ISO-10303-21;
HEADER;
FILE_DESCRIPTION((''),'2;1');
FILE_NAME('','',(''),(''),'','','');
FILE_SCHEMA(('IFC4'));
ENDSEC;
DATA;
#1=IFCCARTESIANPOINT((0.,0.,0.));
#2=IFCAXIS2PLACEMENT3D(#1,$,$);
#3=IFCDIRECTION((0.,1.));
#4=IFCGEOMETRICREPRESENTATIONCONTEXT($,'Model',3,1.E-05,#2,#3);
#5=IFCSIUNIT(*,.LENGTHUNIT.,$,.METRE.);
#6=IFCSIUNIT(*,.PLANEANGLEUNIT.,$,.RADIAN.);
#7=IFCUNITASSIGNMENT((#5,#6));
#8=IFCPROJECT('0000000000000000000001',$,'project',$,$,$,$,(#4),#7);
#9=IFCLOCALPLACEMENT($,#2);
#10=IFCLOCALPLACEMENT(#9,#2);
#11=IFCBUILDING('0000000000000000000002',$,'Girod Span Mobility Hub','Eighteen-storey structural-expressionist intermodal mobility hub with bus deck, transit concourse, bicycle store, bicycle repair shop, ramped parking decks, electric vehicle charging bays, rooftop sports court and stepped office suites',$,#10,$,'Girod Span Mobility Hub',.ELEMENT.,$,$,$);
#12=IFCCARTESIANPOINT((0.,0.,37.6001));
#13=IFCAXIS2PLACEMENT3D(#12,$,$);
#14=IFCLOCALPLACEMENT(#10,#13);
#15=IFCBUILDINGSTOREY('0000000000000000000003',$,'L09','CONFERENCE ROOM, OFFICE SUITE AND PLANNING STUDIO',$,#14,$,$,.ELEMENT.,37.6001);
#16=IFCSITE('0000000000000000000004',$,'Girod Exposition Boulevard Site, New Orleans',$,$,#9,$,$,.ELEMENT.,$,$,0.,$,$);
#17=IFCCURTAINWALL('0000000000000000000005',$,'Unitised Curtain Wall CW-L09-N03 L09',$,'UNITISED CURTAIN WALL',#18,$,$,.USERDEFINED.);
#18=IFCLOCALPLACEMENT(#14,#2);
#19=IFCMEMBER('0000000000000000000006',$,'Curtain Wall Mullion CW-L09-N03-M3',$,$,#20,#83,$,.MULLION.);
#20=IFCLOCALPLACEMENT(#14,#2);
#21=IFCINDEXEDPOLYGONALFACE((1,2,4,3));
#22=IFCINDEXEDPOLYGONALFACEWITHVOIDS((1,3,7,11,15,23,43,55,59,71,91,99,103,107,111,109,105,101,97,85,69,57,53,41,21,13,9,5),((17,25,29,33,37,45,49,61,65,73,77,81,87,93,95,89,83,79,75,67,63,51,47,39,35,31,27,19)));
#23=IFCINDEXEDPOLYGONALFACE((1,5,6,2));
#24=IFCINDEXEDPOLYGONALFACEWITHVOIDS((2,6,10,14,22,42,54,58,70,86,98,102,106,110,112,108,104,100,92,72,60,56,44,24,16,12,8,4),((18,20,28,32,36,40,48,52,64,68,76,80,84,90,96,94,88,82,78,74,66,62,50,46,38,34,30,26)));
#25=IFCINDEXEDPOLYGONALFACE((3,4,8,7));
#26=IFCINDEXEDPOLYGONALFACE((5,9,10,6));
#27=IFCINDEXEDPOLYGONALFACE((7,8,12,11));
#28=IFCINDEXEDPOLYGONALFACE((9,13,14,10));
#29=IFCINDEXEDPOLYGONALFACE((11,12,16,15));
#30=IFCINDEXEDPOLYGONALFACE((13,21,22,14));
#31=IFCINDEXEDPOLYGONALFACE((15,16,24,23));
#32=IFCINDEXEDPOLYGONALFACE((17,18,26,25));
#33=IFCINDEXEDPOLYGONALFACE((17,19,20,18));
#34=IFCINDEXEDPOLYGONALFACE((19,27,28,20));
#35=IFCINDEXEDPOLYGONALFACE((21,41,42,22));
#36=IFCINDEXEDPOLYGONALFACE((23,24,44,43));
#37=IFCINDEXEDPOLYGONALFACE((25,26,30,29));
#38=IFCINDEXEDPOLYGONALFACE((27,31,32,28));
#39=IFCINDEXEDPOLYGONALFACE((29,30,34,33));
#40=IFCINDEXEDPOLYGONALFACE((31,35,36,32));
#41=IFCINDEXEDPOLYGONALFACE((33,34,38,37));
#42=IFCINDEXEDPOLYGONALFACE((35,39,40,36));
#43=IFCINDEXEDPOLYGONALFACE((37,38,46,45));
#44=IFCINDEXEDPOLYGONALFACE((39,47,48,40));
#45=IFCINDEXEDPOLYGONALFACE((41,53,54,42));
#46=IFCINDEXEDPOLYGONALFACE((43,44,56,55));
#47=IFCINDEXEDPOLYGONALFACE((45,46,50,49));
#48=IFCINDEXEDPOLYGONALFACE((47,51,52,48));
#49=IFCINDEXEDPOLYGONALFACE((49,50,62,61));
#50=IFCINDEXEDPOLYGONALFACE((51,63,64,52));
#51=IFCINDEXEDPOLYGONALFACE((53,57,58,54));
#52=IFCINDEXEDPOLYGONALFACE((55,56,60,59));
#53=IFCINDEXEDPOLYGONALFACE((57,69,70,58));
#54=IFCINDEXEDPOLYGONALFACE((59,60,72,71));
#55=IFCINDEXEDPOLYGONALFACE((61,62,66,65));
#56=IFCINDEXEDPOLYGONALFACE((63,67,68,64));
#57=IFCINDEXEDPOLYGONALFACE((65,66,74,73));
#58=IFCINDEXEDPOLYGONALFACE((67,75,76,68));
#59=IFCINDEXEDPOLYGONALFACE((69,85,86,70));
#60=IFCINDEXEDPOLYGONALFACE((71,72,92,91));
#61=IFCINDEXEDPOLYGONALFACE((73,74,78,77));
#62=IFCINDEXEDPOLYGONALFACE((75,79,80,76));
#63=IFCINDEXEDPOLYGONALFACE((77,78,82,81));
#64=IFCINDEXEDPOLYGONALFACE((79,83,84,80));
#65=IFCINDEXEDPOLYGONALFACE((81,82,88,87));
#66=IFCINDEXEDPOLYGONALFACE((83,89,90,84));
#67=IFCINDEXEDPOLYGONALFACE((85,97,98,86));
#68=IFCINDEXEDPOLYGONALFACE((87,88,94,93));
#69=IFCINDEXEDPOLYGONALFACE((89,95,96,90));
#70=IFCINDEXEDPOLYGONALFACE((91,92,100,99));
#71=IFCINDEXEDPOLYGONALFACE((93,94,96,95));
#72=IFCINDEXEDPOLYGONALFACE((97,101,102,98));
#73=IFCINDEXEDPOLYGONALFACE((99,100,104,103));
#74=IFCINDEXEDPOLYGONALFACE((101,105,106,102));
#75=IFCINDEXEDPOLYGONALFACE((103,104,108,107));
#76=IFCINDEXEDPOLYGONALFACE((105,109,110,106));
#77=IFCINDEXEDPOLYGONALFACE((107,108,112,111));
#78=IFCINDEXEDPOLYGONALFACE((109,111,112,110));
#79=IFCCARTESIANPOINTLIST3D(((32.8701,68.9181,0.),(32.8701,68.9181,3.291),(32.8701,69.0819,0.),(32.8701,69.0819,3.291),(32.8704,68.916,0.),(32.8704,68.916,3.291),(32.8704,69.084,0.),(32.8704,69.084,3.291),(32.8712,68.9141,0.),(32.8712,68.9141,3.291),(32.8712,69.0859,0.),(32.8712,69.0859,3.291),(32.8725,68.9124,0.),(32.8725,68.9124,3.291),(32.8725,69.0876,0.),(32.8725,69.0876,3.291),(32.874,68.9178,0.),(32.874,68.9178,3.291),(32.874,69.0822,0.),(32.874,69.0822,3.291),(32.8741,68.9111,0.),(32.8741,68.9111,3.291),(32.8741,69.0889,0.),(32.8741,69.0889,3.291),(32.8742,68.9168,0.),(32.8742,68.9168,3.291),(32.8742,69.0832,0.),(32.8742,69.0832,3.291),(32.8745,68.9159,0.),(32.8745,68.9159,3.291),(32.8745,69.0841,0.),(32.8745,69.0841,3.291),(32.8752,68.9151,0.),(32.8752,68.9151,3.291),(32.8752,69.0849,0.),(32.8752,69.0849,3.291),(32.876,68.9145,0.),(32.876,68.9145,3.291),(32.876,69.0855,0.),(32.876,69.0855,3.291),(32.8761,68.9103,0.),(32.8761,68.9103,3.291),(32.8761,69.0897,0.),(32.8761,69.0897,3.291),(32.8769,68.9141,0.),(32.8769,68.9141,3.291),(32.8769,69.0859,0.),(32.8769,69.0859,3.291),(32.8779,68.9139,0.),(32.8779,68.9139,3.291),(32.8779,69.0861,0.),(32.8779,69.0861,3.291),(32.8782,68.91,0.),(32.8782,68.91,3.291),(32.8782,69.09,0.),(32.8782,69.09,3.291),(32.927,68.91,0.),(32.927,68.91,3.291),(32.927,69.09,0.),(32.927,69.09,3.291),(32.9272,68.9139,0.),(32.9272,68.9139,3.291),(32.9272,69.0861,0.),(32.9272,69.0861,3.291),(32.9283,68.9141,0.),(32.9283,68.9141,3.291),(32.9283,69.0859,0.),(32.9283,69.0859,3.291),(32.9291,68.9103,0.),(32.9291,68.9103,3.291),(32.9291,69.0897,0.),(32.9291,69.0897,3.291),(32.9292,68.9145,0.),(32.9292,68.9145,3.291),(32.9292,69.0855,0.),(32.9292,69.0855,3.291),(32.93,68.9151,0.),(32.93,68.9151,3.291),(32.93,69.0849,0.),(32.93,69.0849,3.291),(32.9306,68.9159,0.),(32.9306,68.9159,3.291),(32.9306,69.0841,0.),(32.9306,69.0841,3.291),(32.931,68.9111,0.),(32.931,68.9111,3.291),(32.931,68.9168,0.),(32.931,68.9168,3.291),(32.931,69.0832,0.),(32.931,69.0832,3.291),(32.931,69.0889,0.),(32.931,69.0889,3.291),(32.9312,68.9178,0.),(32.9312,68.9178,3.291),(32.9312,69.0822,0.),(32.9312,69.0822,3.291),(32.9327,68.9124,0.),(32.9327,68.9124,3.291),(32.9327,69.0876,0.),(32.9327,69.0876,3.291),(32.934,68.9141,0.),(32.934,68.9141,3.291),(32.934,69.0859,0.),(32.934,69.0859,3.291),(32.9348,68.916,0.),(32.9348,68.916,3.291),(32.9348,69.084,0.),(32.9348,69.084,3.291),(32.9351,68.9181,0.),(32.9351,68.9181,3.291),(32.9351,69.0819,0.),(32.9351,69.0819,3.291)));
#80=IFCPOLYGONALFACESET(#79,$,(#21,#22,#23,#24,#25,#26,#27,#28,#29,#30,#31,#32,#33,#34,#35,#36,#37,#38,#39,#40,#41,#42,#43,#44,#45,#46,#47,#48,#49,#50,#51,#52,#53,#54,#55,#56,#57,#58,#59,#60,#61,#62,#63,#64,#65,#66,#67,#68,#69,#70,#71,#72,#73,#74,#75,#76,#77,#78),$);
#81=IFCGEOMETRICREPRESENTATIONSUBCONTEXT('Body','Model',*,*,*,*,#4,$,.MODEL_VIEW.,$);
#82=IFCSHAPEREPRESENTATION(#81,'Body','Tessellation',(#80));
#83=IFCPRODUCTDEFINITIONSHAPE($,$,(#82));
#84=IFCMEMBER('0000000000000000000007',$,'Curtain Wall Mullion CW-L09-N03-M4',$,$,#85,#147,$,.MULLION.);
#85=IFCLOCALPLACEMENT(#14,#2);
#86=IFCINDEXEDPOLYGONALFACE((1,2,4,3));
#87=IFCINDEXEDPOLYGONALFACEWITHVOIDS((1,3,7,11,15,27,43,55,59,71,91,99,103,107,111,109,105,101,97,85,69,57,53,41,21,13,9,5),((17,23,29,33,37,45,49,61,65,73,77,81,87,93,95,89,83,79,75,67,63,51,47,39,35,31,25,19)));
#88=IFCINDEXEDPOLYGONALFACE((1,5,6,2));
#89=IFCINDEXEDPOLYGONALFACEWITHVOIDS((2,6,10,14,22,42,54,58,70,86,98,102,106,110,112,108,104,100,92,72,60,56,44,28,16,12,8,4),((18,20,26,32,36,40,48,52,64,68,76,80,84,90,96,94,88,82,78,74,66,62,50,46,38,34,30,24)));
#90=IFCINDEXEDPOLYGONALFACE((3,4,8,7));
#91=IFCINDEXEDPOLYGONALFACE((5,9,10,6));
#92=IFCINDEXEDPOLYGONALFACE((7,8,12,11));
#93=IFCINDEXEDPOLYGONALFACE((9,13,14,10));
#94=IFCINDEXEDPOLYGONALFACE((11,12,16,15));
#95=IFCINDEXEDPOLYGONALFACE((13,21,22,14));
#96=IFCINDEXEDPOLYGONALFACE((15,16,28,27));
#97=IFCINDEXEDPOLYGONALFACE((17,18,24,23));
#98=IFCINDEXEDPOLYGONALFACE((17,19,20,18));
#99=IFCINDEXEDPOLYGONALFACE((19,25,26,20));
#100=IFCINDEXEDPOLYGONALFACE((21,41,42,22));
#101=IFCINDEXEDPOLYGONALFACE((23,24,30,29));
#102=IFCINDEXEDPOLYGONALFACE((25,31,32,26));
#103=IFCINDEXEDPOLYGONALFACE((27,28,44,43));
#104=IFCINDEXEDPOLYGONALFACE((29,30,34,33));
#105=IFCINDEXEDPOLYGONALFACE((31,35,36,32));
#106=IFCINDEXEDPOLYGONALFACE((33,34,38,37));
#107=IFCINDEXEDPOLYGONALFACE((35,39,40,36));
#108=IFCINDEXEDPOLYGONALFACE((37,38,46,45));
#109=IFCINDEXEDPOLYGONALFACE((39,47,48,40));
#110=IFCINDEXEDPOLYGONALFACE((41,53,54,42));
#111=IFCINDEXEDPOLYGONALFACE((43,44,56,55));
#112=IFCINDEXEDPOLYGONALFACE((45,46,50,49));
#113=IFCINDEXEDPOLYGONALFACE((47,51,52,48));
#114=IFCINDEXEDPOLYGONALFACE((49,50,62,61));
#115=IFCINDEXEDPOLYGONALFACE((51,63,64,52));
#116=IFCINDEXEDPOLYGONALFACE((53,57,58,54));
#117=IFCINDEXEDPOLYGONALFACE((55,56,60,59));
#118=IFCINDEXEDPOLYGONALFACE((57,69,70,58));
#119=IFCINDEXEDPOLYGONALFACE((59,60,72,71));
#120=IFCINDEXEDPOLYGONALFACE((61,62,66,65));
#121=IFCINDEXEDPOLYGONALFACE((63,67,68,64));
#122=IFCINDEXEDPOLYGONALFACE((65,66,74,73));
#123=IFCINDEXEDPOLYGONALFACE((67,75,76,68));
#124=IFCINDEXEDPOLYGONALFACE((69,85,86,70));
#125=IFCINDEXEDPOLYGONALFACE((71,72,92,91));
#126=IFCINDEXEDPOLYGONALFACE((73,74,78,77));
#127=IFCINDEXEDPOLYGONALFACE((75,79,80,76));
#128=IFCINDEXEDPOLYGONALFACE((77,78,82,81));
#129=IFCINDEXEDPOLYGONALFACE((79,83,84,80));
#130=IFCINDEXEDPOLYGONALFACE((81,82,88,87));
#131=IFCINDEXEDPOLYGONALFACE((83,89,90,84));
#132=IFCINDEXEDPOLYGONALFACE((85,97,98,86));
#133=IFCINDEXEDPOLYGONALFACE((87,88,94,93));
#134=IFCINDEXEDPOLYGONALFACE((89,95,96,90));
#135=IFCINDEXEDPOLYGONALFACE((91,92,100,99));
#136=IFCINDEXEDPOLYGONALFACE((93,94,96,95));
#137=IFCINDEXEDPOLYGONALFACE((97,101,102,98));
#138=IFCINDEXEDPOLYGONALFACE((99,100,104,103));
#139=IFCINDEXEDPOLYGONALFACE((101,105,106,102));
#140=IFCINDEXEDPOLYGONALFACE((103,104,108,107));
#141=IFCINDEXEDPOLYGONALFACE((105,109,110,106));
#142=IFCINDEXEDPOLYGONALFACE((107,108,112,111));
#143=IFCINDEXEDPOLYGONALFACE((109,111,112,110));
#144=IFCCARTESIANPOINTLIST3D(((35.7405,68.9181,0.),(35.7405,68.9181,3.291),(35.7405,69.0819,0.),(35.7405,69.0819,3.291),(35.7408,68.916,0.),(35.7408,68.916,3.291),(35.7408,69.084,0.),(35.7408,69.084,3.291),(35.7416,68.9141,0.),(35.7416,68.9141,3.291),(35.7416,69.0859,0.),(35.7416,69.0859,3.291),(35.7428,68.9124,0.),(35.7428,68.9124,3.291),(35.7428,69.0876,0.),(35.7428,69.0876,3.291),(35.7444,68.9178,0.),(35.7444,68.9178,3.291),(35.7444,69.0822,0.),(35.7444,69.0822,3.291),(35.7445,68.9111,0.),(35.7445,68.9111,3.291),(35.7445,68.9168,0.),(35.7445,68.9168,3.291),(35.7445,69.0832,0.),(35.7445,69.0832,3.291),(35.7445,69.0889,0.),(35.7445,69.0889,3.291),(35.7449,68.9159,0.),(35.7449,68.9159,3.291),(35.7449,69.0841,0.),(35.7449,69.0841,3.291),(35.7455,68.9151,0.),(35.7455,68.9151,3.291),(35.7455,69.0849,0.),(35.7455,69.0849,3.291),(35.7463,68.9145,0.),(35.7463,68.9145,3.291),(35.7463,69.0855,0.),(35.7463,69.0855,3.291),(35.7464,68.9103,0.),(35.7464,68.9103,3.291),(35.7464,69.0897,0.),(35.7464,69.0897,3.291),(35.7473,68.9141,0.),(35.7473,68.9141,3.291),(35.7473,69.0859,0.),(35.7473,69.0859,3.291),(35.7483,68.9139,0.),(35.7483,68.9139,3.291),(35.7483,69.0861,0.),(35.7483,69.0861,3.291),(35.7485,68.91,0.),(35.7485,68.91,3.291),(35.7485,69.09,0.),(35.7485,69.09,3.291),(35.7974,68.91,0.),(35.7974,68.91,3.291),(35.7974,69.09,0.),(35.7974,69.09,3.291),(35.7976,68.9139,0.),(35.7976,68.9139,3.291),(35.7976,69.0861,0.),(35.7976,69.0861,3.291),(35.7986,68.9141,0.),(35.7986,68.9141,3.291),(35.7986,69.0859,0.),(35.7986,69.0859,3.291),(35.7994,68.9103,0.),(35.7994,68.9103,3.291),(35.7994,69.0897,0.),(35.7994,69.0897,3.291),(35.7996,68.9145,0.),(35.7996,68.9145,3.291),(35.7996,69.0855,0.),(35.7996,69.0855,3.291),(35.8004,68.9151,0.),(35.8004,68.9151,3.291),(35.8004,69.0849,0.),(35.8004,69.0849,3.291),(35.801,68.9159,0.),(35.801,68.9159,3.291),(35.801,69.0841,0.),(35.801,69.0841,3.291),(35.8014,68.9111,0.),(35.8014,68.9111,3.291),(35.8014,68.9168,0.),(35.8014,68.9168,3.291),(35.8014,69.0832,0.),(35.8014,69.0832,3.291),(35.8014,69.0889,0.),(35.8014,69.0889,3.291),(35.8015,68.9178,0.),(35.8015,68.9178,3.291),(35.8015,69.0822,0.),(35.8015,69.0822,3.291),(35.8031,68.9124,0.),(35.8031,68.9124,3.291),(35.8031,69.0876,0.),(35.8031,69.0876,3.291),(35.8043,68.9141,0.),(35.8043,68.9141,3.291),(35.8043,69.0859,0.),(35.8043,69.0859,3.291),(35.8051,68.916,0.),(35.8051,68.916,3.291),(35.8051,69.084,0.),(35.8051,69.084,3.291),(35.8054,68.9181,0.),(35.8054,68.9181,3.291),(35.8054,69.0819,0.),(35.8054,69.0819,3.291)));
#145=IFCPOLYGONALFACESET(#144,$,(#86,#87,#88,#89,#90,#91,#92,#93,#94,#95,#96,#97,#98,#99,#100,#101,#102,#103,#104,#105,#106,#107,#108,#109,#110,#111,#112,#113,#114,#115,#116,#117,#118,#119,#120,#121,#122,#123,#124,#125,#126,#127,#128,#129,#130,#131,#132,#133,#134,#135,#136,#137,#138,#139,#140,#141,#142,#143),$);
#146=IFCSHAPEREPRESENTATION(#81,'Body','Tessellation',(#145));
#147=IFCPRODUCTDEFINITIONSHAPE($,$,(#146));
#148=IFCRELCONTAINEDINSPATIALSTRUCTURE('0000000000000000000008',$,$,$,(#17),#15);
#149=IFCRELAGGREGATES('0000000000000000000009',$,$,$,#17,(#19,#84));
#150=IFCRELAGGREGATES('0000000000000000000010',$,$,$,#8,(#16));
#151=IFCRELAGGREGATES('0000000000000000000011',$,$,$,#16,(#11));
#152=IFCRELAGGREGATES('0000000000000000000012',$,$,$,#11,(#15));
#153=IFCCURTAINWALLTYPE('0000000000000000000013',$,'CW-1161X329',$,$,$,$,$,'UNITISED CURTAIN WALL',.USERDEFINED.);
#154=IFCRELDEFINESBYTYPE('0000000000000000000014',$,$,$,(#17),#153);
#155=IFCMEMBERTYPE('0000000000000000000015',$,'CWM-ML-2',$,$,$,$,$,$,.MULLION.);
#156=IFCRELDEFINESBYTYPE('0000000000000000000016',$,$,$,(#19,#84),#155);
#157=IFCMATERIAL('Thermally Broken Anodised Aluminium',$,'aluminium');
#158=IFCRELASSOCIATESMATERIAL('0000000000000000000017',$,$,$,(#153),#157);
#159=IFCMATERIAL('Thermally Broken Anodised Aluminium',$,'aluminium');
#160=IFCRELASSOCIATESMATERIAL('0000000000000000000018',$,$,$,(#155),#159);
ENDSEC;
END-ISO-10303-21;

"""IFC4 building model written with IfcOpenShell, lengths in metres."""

from ifc_helpers import new_model, si_unit, direction, frame, origin, origin_2d, place, context, subcontext, project, spatial, hollow_rectangle, extrude, material, material_profile, profile_set, type_object, element, aggregate, save


model = new_model("IFC4")

# Units and contexts
model_context = context("Model", 3, precision=1e-05, world=origin(), true_north=direction((0.0, 1.0)))
body_context = subcontext(model_context, "Body", "Model", "MODEL_VIEW")
ifc_project = project(units=[si_unit("LENGTHUNIT", "METRE"), si_unit("PLANEANGLEUNIT", "RADIAN")], contexts=[model_context])

# Site, building, storey
site_placement = place(None, origin())
site = spatial("IfcSite", under=ifc_project, at=site_placement, Name="Girod Exposition Boulevard Site, New Orleans", CompositionType="ELEMENT", RefElevation=0.0)
building_placement = place(site_placement, origin())
building = spatial("IfcBuilding", under=site, at=building_placement, Name="Girod Span Mobility Hub", Description="Eighteen-storey structural-expressionist intermodal mobility hub with bus deck, transit concourse, bicycle store, bicycle repair shop, ramped parking decks, electric vehicle charging bays, rooftop sports court and stepped office suites", LongName="Girod Span Mobility Hub", CompositionType="ELEMENT")
storey_placement = place(building_placement, frame((0.0, 0.0, 37.6001)))
storey = spatial("IfcBuildingStorey", under=building, at=storey_placement, Name="L09", Description="CONFERENCE ROOM, OFFICE SUITE AND PLANNING STUDIO", CompositionType="ELEMENT", Elevation=37.6001)

# Curtain wall, members
ifc_material_1 = material(Name="Thermally Broken Anodised Aluminium", Category="aluminium")
curtain_wall_type = type_object("IfcCurtainWallType", Name="CW-1161X329", ElementType="UNITISED CURTAIN WALL", PredefinedType="USERDEFINED", material=ifc_material_1)
curtain_wall_placement = place(storey_placement, origin())
curtain_wall = element("IfcCurtainWall", 1, at=curtain_wall_placement, inside=storey, type_object=curtain_wall_type, Name="Unitised Curtain Wall CW-L09-N03 L09", ObjectType="UNITISED CURTAIN WALL", PredefinedType="USERDEFINED")
ifc_material_2 = material(Name="Thermally Broken Anodised Aluminium", Category="aluminium")
ifc_material_profile_1 = material_profile(ifc_material_2, hollow_rectangle(XDim=0.1799, YDim=0.0649, WallThickness=0.0039, InnerFilletRadius=0.0039, OuterFilletRadius=0.0081, at=origin_2d()), Name="CW-ML-65X180")
ifc_profile_set_1 = profile_set([ifc_material_profile_1], Name="Thermally Broken Anodised Aluminium")
member_type_1 = type_object("IfcMemberType", Name="CWM-ML-2", PredefinedType="MULLION", material=ifc_profile_set_1)
member_1_placement = place(storey_placement, frame((32.9026, 69.0, 0.0), z_axis=(0.0, 0.0, 1.0), x_axis=(0.0, 1.0, 0.0)))
member_1 = element("IfcMember", 2, at=member_1_placement, type_object=member_type_1, Name="Curtain Wall Mullion CW-L09-N03-M3", PredefinedType="MULLION", context=body_context, shape_type="SweptSolid", body=[
    extrude(hollow_rectangle(XDim=0.1799, YDim=0.0649, WallThickness=0.0039, InnerFilletRadius=0.0039, OuterFilletRadius=0.0081, at=origin_2d()), origin(), (0.0, 0.0, 1.0), 3.291),
])
member_2_placement = place(storey_placement, frame((35.7729, 69.0, 0.0), z_axis=(0.0, 0.0, 1.0), x_axis=(0.0, 1.0, 0.0)))
member_2 = element("IfcMember", 3, at=member_2_placement, type_object=member_type_1, Name="Curtain Wall Mullion CW-L09-N03-M4", PredefinedType="MULLION", context=body_context, shape_type="SweptSolid", body=[
    extrude(hollow_rectangle(XDim=0.1799, YDim=0.0649, WallThickness=0.0039, InnerFilletRadius=0.0039, OuterFilletRadius=0.0081, at=origin_2d()), origin(), (0.0, 0.0, 1.0), 3.291),
])

aggregate(curtain_wall, [member_1, member_2])

save(model, "model.ifc")
